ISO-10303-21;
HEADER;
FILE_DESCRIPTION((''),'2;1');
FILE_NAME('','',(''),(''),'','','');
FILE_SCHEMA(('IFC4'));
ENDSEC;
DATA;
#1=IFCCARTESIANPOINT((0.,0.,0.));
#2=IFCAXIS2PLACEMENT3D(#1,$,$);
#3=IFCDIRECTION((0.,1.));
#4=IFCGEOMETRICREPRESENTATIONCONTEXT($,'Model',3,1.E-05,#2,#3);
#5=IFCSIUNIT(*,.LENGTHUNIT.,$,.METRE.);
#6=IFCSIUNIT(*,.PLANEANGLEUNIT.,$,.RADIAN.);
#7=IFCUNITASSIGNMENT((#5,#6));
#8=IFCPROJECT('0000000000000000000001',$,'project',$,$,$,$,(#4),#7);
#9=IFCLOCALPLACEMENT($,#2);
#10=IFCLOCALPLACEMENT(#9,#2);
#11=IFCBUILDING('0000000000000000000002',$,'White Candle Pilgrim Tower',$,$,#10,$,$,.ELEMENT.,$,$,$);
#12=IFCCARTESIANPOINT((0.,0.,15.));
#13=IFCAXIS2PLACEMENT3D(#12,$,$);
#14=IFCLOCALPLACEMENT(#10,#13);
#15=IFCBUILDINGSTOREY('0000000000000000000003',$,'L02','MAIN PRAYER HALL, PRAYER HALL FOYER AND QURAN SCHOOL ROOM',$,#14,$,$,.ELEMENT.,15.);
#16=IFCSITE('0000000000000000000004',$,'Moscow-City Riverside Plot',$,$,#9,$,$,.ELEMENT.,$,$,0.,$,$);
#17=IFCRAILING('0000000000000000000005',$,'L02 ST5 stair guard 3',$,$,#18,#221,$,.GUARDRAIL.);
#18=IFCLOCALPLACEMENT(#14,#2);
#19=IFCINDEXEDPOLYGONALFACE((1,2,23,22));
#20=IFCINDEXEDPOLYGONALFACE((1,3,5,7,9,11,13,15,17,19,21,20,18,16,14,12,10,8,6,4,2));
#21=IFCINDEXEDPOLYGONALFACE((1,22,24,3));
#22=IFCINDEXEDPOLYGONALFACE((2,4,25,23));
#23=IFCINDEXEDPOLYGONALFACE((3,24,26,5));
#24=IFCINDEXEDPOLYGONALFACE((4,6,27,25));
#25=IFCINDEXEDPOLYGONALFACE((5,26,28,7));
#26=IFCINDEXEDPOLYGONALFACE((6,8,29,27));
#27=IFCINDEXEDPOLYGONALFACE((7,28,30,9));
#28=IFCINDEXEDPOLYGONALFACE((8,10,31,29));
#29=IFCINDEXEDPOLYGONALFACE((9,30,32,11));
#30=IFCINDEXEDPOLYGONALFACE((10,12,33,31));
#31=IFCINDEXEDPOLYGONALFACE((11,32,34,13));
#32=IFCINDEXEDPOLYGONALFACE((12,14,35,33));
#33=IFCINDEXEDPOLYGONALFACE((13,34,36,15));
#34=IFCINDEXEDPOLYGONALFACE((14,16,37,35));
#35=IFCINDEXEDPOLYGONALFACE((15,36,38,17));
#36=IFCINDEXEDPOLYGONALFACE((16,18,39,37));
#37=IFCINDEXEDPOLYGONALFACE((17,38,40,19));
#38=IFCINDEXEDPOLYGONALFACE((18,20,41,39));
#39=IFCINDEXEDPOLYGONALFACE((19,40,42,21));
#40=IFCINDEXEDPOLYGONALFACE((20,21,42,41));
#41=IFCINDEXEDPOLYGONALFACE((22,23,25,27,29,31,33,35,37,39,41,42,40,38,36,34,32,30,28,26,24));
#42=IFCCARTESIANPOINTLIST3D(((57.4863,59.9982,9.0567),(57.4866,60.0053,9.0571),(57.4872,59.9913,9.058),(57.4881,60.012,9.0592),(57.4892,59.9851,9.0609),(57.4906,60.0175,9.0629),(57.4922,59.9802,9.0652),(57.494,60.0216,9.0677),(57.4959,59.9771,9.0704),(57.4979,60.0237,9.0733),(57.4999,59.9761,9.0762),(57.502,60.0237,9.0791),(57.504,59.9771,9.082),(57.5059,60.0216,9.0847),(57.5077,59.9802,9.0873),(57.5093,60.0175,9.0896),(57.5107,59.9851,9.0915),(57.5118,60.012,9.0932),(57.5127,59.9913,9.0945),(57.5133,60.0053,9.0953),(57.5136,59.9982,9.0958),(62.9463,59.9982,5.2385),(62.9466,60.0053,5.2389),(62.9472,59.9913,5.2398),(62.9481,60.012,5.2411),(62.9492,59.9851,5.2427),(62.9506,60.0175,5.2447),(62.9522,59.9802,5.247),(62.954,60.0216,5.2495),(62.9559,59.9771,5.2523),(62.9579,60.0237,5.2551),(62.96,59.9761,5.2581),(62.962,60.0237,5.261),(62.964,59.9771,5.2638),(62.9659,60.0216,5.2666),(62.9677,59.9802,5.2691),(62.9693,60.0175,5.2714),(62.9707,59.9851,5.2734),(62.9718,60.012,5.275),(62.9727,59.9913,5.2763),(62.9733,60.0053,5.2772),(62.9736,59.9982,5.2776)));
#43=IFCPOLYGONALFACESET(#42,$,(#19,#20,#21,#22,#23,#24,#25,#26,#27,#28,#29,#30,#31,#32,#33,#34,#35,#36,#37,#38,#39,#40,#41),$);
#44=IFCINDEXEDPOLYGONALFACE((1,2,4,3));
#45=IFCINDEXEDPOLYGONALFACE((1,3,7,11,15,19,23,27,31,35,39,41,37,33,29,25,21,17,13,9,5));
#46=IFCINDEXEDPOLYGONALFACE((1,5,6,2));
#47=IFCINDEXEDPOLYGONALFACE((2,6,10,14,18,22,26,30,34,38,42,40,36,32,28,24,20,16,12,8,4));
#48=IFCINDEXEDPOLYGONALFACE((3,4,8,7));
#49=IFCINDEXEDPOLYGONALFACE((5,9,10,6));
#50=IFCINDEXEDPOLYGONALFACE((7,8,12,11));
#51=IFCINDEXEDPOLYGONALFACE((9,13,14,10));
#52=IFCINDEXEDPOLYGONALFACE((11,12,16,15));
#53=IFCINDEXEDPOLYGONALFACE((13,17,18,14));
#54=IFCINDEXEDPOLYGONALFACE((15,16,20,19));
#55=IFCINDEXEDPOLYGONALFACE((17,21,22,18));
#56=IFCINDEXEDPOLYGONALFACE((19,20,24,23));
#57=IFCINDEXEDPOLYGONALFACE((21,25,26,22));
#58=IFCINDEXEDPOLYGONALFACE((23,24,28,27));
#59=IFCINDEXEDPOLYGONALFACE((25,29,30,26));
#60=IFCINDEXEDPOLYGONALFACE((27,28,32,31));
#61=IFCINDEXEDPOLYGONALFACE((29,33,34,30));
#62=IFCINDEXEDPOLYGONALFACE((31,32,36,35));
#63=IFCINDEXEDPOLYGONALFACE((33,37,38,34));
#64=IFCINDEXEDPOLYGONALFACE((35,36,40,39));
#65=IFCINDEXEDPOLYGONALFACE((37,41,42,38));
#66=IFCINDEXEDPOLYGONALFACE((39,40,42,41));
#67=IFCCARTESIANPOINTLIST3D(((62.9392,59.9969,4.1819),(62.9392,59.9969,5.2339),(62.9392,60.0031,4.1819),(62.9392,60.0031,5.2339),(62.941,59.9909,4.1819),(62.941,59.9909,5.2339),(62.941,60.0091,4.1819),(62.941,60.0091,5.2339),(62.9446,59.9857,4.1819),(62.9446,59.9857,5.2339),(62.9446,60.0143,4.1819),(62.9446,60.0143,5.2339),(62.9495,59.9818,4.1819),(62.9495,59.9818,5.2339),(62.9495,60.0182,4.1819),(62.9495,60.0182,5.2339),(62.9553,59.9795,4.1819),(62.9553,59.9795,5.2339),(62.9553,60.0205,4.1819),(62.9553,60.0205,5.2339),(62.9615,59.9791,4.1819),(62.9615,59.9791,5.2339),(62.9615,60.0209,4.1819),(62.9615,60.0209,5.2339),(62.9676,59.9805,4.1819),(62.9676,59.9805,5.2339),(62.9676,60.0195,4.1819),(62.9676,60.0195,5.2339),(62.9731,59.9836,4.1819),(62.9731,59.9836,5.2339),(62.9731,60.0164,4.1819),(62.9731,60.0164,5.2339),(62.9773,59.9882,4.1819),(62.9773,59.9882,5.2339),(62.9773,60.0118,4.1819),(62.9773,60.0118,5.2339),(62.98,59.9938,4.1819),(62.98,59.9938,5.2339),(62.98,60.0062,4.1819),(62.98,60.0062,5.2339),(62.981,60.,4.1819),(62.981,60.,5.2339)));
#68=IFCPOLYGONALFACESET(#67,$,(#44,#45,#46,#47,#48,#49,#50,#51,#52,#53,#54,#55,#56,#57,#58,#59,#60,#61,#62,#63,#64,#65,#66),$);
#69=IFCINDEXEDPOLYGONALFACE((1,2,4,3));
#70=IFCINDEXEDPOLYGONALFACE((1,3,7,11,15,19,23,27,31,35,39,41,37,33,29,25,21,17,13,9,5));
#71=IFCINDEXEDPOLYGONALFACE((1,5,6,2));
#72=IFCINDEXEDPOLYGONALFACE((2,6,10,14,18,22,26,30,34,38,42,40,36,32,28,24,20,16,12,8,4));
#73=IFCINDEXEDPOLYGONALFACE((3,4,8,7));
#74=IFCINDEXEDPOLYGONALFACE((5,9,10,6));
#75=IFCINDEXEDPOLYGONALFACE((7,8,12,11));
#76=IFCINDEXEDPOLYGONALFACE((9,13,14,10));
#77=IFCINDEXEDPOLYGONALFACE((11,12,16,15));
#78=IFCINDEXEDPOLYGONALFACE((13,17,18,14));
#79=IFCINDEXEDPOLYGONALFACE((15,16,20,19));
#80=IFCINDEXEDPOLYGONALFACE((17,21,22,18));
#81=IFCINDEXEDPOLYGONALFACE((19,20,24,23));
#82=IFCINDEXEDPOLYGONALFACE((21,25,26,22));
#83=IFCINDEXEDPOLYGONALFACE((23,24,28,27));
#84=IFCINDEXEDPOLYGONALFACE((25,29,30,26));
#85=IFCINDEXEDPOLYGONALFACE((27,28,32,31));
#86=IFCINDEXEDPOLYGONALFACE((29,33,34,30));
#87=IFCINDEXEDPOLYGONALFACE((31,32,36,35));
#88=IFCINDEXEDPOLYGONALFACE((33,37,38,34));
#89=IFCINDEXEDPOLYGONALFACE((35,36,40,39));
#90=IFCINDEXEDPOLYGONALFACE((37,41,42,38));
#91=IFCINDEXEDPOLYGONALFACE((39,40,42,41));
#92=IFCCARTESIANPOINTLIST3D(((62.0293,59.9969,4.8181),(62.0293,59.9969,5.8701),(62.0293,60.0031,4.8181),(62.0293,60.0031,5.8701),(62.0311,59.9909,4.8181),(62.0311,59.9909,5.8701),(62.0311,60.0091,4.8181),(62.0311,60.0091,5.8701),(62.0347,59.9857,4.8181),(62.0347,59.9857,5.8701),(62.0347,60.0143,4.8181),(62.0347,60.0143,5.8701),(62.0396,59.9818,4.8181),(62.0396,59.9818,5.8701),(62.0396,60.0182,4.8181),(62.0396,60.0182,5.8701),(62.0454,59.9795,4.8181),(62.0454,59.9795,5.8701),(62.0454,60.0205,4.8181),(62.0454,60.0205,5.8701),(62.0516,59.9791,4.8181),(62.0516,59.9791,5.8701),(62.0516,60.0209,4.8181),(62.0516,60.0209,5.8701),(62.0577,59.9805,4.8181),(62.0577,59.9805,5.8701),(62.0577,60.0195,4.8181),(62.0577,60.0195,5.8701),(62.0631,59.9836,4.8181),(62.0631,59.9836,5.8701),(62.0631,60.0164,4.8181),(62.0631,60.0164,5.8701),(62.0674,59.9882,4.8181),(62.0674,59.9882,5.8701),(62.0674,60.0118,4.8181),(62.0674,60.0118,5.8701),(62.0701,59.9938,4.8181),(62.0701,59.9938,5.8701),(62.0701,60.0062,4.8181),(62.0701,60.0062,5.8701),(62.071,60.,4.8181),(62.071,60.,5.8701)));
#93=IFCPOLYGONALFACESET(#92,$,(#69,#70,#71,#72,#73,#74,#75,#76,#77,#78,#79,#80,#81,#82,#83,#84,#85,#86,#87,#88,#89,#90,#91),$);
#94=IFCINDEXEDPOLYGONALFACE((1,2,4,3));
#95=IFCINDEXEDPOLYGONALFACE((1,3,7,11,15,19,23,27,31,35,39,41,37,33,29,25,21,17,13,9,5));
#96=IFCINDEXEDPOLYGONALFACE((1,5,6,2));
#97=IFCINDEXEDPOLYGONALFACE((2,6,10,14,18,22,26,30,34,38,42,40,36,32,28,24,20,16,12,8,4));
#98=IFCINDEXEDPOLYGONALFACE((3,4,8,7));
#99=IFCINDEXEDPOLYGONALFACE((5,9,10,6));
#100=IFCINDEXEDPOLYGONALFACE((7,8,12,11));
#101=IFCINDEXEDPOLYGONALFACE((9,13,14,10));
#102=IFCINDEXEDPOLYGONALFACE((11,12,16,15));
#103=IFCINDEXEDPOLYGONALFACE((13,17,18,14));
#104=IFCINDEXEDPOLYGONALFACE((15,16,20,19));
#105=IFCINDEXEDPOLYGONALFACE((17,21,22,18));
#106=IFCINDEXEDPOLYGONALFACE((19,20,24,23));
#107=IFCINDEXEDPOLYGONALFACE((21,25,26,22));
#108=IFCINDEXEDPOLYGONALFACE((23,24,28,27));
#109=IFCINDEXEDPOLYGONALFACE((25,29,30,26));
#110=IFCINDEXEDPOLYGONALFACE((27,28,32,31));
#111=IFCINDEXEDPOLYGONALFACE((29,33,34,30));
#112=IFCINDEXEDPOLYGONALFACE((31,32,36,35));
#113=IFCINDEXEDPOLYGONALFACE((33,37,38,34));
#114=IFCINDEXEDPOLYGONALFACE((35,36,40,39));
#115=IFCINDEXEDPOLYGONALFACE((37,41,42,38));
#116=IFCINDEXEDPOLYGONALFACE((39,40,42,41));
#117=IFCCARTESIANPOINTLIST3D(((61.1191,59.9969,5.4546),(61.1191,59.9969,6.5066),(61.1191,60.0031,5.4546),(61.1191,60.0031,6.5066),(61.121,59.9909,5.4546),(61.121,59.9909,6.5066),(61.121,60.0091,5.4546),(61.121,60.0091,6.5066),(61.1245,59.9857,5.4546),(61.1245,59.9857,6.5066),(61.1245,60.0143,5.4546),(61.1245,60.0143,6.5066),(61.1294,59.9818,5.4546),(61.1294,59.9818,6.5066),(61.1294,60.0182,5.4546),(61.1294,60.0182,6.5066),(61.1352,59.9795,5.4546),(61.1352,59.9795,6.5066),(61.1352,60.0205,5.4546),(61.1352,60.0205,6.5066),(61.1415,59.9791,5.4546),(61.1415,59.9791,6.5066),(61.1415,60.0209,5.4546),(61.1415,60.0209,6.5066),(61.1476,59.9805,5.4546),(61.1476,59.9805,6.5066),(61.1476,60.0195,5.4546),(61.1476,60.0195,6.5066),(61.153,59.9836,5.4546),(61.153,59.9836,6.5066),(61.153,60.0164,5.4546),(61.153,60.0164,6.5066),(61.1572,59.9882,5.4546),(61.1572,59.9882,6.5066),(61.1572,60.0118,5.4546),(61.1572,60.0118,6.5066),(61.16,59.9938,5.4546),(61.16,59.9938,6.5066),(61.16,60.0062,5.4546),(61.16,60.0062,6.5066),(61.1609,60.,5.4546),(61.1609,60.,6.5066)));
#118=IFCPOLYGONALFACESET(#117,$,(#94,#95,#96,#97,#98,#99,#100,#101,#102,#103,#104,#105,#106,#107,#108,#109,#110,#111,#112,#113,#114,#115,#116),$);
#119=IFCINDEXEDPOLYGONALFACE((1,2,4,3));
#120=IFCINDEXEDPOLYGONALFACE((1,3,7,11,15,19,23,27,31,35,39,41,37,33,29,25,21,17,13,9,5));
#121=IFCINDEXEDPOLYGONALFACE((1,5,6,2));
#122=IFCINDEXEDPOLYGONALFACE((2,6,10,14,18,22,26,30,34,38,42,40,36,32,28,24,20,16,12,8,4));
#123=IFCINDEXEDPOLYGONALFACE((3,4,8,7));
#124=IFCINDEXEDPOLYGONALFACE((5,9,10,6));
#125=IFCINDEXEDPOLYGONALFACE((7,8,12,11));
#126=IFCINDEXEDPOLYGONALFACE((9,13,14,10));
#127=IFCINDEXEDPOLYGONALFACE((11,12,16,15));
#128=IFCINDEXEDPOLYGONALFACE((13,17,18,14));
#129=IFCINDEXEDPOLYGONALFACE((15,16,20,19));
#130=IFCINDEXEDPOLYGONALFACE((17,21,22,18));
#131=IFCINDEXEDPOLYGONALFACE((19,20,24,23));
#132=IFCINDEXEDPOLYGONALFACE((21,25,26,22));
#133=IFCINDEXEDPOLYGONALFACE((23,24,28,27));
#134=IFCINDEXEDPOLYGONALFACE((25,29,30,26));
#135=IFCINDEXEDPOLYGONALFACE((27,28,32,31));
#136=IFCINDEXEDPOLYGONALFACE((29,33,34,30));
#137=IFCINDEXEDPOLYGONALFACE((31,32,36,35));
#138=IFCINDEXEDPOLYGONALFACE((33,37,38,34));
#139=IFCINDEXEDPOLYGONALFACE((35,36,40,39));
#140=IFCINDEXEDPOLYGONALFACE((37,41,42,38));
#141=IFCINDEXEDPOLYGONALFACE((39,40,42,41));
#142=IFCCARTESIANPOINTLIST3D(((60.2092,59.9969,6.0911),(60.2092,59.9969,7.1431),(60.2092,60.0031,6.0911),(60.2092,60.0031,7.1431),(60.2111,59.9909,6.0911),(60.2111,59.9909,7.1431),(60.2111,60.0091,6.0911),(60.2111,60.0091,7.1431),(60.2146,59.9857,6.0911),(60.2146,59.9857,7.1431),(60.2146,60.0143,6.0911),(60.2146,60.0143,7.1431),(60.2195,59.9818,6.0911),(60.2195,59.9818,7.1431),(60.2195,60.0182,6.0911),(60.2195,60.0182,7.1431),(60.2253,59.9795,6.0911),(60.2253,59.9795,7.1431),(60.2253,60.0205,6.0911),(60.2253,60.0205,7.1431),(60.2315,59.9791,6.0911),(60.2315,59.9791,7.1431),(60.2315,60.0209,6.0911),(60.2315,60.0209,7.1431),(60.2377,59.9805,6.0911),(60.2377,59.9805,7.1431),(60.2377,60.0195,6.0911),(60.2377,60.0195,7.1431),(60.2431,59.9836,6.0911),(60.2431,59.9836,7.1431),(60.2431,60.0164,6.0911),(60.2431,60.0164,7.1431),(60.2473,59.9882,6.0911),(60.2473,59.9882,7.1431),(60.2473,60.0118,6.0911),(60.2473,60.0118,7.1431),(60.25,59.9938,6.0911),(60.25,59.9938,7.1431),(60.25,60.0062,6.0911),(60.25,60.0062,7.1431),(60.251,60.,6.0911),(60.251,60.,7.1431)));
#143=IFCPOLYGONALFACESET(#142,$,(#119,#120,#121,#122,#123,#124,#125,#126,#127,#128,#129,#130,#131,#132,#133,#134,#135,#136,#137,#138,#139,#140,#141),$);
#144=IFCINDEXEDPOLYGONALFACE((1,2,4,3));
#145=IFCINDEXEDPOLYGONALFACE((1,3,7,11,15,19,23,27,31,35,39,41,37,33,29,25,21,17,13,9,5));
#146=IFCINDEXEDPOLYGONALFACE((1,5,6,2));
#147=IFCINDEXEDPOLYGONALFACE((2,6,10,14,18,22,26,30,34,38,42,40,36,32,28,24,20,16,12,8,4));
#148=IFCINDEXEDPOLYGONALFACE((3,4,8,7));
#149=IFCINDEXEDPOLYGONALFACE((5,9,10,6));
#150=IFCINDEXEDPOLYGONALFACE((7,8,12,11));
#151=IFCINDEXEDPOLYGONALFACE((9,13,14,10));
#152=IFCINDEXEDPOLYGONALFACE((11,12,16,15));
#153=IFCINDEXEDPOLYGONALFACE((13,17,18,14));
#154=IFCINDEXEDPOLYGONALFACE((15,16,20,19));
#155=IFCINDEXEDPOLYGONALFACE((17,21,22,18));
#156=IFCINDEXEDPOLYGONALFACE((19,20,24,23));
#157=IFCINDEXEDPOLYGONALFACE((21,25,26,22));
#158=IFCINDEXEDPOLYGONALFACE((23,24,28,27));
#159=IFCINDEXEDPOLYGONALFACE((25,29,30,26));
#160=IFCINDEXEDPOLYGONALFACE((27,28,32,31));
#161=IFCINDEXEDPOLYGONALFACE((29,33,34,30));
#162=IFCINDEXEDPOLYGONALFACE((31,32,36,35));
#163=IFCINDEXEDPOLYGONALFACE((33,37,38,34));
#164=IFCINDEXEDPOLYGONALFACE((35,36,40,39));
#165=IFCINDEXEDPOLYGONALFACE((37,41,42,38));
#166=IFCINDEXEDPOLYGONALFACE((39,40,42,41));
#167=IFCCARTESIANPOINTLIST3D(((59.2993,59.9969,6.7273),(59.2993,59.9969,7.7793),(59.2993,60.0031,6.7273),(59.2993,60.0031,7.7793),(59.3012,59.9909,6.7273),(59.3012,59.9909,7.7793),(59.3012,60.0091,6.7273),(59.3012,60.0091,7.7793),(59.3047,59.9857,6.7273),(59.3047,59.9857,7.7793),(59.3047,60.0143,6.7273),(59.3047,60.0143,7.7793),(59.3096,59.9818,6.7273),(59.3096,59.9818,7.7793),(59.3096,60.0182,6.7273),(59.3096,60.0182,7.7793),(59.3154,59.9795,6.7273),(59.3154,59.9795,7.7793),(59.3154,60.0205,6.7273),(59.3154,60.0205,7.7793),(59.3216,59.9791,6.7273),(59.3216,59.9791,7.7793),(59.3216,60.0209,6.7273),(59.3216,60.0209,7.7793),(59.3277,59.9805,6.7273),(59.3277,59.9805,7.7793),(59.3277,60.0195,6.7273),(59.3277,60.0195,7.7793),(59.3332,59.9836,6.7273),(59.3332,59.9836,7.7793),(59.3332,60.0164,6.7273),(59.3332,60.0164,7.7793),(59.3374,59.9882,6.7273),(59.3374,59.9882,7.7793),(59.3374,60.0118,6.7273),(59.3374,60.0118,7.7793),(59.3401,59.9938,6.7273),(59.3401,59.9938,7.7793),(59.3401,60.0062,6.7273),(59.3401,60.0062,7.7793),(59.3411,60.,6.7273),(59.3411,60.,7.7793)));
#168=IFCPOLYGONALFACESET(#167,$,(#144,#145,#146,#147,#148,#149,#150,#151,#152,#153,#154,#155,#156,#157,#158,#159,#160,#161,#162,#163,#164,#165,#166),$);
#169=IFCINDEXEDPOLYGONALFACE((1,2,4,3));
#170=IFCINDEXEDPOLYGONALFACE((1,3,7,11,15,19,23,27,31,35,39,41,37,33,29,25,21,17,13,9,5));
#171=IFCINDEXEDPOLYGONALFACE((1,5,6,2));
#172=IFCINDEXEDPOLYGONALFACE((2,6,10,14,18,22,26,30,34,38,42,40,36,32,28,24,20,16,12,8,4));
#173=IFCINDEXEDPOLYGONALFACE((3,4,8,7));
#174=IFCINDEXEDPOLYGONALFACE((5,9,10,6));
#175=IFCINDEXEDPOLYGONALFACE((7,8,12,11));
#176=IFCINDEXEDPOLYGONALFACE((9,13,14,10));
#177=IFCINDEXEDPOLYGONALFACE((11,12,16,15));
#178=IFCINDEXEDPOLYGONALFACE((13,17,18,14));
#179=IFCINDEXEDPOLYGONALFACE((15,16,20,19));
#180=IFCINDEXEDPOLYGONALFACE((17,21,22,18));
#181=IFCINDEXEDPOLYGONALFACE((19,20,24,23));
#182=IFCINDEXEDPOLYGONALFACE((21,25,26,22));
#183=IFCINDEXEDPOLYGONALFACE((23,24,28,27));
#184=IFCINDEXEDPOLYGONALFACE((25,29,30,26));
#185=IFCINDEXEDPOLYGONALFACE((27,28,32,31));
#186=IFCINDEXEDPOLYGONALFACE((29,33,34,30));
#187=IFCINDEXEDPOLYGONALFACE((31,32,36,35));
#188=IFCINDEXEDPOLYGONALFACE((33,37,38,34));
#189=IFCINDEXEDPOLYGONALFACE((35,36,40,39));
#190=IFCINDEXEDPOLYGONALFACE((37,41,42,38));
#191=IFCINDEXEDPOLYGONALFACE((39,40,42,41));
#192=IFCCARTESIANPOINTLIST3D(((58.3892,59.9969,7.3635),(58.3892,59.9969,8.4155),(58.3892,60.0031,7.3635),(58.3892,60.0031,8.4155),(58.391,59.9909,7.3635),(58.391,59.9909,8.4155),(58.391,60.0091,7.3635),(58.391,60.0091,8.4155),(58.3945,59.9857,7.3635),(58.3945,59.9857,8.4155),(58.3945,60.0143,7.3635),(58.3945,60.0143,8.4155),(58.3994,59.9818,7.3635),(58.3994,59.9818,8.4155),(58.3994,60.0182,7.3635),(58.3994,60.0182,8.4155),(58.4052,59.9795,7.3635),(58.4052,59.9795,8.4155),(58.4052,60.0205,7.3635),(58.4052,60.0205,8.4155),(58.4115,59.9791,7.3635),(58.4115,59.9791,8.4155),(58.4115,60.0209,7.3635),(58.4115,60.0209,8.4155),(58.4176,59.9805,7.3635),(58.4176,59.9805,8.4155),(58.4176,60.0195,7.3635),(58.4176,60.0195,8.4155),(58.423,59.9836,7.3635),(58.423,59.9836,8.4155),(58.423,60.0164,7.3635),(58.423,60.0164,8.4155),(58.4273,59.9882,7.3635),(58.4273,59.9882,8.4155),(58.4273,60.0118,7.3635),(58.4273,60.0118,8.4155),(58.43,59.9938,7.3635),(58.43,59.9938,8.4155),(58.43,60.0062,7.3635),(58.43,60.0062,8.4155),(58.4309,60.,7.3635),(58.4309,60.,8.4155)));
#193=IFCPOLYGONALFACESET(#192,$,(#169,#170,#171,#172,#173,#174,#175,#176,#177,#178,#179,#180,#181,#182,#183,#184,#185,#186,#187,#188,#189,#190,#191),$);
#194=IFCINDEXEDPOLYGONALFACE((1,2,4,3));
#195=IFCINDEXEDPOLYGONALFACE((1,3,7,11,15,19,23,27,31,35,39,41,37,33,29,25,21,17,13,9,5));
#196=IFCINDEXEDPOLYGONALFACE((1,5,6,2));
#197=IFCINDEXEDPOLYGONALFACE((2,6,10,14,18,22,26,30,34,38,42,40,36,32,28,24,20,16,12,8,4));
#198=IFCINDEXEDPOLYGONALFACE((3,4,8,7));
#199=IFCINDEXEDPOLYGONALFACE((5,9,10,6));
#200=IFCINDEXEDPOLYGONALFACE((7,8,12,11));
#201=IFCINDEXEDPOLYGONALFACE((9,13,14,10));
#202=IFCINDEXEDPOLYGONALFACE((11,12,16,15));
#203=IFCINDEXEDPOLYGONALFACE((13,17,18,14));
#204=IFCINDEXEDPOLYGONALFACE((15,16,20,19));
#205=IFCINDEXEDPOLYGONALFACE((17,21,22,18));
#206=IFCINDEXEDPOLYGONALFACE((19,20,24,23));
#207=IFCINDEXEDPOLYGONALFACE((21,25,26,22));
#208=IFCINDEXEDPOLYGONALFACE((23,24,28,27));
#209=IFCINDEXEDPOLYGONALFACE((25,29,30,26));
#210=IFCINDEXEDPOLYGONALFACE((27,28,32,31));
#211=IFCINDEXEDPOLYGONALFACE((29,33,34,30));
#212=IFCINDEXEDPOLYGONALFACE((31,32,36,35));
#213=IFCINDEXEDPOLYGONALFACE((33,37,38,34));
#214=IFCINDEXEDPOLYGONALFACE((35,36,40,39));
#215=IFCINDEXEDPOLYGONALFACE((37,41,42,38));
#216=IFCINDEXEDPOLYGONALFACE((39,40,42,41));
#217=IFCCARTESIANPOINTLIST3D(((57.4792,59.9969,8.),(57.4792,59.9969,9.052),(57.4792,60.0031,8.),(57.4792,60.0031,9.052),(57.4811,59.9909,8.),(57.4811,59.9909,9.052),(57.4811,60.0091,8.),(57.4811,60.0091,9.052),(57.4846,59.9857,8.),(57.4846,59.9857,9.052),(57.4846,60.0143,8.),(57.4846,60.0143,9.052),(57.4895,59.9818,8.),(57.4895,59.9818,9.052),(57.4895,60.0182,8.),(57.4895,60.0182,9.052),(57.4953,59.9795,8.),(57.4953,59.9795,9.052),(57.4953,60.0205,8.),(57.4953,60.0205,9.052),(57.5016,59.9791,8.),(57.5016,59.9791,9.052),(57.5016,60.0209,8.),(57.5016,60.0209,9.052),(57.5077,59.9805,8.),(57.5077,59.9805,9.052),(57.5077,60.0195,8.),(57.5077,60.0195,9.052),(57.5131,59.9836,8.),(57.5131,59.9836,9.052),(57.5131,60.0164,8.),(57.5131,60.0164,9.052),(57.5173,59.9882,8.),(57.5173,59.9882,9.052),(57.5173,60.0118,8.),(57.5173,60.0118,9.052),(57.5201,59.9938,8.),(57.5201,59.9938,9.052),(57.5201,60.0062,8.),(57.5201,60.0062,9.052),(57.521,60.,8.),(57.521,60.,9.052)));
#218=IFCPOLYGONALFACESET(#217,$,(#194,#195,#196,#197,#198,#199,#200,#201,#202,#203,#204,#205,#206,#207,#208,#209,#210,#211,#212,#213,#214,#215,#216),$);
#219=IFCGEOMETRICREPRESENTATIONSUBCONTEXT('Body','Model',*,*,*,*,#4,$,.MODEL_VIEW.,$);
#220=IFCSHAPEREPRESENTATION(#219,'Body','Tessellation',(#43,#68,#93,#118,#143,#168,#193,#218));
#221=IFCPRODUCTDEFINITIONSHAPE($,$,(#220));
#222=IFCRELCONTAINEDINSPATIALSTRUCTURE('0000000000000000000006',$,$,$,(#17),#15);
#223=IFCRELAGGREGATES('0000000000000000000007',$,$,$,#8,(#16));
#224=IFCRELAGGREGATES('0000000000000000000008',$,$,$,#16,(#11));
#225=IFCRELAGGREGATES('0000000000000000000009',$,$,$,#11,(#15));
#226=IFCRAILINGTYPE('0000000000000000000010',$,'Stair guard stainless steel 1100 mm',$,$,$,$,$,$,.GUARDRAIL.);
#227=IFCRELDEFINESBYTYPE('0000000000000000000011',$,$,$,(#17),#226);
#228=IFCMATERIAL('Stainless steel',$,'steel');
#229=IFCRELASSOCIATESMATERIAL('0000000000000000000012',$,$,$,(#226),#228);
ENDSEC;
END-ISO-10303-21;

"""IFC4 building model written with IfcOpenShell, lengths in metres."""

from ifc_helpers import new_model, si_unit, direction, frame, origin, origin_2d, place, context, subcontext, project, spatial, circle, extrude, material, type_object, element, save


model = new_model("IFC4")

# Units and contexts
model_context = context("Model", 3, precision=1e-05, world=origin(), true_north=direction((0.0, 1.0)))
body_context = subcontext(model_context, "Body", "Model", "MODEL_VIEW")
ifc_project = project(units=[si_unit("LENGTHUNIT", "METRE"), si_unit("PLANEANGLEUNIT", "RADIAN")], contexts=[model_context])

# Site, building, storey
site_placement = place(None, origin())
site = spatial("IfcSite", under=ifc_project, at=site_placement, Name="Moscow-City Riverside Plot", CompositionType="ELEMENT", RefElevation=0.0)
building_placement = place(site_placement, origin())
building = spatial("IfcBuilding", under=site, at=building_placement, Name="White Candle Pilgrim Tower", CompositionType="ELEMENT")
storey_placement = place(building_placement, frame((0.0, 0.0, 15.0)))
storey = spatial("IfcBuildingStorey", under=building, at=storey_placement, Name="L02", Description="MAIN PRAYER HALL, PRAYER HALL FOYER AND QURAN SCHOOL ROOM", CompositionType="ELEMENT", Elevation=15.0)

# Shared definitions
ifc_material_1 = material(Name="Stainless steel", Category="steel")

# Railing
railing_type_1 = type_object("IfcRailingType", Name="Stair guard stainless steel 1100 mm", PredefinedType="GUARDRAIL", material=ifc_material_1)
railing_1_placement = place(storey_placement, frame((62.96, 60.0, 4.1819)))
element("IfcRailing", 1, at=railing_1_placement, inside=storey, type_object=railing_type_1, Name="L02 ST5 stair guard 3", PredefinedType="GUARDRAIL", context=body_context, shape_type="SweptSolid", body=[
    extrude(circle(Radius=0.0239, at=origin_2d()), frame((0.0, 0.0, 1.0762), z_axis=(-0.819504, 0.0, 0.573074), x_axis=(0.0, -1.0, 0.0)), (0.0, 0.0, 1.0), 6.6626),
    extrude(circle(Radius=0.021, at=origin_2d()), origin(), (0.0, 0.0, 1.0), 1.052),
    extrude(circle(Radius=0.021, at=origin_2d()), frame((-0.9099, 0.0, 0.6362)), (0.0, 0.0, 1.0), 1.052),
    extrude(circle(Radius=0.021, at=origin_2d()), frame((-1.8201, 0.0, 1.2727)), (0.0, 0.0, 1.0), 1.052),
    extrude(circle(Radius=0.021, at=origin_2d()), frame((-2.73, 0.0, 1.9092)), (0.0, 0.0, 1.0), 1.052),
    extrude(circle(Radius=0.021, at=origin_2d()), frame((-3.6399, 0.0, 2.5454)), (0.0, 0.0, 1.0), 1.052),
    extrude(circle(Radius=0.021, at=origin_2d()), frame((-4.55, 0.0, 3.1816)), (0.0, 0.0, 1.0), 1.052),
    extrude(circle(Radius=0.021, at=origin_2d()), frame((-5.46, 0.0, 3.8181)), (0.0, 0.0, 1.0), 1.052),
])

save(model, "model.ifc")
